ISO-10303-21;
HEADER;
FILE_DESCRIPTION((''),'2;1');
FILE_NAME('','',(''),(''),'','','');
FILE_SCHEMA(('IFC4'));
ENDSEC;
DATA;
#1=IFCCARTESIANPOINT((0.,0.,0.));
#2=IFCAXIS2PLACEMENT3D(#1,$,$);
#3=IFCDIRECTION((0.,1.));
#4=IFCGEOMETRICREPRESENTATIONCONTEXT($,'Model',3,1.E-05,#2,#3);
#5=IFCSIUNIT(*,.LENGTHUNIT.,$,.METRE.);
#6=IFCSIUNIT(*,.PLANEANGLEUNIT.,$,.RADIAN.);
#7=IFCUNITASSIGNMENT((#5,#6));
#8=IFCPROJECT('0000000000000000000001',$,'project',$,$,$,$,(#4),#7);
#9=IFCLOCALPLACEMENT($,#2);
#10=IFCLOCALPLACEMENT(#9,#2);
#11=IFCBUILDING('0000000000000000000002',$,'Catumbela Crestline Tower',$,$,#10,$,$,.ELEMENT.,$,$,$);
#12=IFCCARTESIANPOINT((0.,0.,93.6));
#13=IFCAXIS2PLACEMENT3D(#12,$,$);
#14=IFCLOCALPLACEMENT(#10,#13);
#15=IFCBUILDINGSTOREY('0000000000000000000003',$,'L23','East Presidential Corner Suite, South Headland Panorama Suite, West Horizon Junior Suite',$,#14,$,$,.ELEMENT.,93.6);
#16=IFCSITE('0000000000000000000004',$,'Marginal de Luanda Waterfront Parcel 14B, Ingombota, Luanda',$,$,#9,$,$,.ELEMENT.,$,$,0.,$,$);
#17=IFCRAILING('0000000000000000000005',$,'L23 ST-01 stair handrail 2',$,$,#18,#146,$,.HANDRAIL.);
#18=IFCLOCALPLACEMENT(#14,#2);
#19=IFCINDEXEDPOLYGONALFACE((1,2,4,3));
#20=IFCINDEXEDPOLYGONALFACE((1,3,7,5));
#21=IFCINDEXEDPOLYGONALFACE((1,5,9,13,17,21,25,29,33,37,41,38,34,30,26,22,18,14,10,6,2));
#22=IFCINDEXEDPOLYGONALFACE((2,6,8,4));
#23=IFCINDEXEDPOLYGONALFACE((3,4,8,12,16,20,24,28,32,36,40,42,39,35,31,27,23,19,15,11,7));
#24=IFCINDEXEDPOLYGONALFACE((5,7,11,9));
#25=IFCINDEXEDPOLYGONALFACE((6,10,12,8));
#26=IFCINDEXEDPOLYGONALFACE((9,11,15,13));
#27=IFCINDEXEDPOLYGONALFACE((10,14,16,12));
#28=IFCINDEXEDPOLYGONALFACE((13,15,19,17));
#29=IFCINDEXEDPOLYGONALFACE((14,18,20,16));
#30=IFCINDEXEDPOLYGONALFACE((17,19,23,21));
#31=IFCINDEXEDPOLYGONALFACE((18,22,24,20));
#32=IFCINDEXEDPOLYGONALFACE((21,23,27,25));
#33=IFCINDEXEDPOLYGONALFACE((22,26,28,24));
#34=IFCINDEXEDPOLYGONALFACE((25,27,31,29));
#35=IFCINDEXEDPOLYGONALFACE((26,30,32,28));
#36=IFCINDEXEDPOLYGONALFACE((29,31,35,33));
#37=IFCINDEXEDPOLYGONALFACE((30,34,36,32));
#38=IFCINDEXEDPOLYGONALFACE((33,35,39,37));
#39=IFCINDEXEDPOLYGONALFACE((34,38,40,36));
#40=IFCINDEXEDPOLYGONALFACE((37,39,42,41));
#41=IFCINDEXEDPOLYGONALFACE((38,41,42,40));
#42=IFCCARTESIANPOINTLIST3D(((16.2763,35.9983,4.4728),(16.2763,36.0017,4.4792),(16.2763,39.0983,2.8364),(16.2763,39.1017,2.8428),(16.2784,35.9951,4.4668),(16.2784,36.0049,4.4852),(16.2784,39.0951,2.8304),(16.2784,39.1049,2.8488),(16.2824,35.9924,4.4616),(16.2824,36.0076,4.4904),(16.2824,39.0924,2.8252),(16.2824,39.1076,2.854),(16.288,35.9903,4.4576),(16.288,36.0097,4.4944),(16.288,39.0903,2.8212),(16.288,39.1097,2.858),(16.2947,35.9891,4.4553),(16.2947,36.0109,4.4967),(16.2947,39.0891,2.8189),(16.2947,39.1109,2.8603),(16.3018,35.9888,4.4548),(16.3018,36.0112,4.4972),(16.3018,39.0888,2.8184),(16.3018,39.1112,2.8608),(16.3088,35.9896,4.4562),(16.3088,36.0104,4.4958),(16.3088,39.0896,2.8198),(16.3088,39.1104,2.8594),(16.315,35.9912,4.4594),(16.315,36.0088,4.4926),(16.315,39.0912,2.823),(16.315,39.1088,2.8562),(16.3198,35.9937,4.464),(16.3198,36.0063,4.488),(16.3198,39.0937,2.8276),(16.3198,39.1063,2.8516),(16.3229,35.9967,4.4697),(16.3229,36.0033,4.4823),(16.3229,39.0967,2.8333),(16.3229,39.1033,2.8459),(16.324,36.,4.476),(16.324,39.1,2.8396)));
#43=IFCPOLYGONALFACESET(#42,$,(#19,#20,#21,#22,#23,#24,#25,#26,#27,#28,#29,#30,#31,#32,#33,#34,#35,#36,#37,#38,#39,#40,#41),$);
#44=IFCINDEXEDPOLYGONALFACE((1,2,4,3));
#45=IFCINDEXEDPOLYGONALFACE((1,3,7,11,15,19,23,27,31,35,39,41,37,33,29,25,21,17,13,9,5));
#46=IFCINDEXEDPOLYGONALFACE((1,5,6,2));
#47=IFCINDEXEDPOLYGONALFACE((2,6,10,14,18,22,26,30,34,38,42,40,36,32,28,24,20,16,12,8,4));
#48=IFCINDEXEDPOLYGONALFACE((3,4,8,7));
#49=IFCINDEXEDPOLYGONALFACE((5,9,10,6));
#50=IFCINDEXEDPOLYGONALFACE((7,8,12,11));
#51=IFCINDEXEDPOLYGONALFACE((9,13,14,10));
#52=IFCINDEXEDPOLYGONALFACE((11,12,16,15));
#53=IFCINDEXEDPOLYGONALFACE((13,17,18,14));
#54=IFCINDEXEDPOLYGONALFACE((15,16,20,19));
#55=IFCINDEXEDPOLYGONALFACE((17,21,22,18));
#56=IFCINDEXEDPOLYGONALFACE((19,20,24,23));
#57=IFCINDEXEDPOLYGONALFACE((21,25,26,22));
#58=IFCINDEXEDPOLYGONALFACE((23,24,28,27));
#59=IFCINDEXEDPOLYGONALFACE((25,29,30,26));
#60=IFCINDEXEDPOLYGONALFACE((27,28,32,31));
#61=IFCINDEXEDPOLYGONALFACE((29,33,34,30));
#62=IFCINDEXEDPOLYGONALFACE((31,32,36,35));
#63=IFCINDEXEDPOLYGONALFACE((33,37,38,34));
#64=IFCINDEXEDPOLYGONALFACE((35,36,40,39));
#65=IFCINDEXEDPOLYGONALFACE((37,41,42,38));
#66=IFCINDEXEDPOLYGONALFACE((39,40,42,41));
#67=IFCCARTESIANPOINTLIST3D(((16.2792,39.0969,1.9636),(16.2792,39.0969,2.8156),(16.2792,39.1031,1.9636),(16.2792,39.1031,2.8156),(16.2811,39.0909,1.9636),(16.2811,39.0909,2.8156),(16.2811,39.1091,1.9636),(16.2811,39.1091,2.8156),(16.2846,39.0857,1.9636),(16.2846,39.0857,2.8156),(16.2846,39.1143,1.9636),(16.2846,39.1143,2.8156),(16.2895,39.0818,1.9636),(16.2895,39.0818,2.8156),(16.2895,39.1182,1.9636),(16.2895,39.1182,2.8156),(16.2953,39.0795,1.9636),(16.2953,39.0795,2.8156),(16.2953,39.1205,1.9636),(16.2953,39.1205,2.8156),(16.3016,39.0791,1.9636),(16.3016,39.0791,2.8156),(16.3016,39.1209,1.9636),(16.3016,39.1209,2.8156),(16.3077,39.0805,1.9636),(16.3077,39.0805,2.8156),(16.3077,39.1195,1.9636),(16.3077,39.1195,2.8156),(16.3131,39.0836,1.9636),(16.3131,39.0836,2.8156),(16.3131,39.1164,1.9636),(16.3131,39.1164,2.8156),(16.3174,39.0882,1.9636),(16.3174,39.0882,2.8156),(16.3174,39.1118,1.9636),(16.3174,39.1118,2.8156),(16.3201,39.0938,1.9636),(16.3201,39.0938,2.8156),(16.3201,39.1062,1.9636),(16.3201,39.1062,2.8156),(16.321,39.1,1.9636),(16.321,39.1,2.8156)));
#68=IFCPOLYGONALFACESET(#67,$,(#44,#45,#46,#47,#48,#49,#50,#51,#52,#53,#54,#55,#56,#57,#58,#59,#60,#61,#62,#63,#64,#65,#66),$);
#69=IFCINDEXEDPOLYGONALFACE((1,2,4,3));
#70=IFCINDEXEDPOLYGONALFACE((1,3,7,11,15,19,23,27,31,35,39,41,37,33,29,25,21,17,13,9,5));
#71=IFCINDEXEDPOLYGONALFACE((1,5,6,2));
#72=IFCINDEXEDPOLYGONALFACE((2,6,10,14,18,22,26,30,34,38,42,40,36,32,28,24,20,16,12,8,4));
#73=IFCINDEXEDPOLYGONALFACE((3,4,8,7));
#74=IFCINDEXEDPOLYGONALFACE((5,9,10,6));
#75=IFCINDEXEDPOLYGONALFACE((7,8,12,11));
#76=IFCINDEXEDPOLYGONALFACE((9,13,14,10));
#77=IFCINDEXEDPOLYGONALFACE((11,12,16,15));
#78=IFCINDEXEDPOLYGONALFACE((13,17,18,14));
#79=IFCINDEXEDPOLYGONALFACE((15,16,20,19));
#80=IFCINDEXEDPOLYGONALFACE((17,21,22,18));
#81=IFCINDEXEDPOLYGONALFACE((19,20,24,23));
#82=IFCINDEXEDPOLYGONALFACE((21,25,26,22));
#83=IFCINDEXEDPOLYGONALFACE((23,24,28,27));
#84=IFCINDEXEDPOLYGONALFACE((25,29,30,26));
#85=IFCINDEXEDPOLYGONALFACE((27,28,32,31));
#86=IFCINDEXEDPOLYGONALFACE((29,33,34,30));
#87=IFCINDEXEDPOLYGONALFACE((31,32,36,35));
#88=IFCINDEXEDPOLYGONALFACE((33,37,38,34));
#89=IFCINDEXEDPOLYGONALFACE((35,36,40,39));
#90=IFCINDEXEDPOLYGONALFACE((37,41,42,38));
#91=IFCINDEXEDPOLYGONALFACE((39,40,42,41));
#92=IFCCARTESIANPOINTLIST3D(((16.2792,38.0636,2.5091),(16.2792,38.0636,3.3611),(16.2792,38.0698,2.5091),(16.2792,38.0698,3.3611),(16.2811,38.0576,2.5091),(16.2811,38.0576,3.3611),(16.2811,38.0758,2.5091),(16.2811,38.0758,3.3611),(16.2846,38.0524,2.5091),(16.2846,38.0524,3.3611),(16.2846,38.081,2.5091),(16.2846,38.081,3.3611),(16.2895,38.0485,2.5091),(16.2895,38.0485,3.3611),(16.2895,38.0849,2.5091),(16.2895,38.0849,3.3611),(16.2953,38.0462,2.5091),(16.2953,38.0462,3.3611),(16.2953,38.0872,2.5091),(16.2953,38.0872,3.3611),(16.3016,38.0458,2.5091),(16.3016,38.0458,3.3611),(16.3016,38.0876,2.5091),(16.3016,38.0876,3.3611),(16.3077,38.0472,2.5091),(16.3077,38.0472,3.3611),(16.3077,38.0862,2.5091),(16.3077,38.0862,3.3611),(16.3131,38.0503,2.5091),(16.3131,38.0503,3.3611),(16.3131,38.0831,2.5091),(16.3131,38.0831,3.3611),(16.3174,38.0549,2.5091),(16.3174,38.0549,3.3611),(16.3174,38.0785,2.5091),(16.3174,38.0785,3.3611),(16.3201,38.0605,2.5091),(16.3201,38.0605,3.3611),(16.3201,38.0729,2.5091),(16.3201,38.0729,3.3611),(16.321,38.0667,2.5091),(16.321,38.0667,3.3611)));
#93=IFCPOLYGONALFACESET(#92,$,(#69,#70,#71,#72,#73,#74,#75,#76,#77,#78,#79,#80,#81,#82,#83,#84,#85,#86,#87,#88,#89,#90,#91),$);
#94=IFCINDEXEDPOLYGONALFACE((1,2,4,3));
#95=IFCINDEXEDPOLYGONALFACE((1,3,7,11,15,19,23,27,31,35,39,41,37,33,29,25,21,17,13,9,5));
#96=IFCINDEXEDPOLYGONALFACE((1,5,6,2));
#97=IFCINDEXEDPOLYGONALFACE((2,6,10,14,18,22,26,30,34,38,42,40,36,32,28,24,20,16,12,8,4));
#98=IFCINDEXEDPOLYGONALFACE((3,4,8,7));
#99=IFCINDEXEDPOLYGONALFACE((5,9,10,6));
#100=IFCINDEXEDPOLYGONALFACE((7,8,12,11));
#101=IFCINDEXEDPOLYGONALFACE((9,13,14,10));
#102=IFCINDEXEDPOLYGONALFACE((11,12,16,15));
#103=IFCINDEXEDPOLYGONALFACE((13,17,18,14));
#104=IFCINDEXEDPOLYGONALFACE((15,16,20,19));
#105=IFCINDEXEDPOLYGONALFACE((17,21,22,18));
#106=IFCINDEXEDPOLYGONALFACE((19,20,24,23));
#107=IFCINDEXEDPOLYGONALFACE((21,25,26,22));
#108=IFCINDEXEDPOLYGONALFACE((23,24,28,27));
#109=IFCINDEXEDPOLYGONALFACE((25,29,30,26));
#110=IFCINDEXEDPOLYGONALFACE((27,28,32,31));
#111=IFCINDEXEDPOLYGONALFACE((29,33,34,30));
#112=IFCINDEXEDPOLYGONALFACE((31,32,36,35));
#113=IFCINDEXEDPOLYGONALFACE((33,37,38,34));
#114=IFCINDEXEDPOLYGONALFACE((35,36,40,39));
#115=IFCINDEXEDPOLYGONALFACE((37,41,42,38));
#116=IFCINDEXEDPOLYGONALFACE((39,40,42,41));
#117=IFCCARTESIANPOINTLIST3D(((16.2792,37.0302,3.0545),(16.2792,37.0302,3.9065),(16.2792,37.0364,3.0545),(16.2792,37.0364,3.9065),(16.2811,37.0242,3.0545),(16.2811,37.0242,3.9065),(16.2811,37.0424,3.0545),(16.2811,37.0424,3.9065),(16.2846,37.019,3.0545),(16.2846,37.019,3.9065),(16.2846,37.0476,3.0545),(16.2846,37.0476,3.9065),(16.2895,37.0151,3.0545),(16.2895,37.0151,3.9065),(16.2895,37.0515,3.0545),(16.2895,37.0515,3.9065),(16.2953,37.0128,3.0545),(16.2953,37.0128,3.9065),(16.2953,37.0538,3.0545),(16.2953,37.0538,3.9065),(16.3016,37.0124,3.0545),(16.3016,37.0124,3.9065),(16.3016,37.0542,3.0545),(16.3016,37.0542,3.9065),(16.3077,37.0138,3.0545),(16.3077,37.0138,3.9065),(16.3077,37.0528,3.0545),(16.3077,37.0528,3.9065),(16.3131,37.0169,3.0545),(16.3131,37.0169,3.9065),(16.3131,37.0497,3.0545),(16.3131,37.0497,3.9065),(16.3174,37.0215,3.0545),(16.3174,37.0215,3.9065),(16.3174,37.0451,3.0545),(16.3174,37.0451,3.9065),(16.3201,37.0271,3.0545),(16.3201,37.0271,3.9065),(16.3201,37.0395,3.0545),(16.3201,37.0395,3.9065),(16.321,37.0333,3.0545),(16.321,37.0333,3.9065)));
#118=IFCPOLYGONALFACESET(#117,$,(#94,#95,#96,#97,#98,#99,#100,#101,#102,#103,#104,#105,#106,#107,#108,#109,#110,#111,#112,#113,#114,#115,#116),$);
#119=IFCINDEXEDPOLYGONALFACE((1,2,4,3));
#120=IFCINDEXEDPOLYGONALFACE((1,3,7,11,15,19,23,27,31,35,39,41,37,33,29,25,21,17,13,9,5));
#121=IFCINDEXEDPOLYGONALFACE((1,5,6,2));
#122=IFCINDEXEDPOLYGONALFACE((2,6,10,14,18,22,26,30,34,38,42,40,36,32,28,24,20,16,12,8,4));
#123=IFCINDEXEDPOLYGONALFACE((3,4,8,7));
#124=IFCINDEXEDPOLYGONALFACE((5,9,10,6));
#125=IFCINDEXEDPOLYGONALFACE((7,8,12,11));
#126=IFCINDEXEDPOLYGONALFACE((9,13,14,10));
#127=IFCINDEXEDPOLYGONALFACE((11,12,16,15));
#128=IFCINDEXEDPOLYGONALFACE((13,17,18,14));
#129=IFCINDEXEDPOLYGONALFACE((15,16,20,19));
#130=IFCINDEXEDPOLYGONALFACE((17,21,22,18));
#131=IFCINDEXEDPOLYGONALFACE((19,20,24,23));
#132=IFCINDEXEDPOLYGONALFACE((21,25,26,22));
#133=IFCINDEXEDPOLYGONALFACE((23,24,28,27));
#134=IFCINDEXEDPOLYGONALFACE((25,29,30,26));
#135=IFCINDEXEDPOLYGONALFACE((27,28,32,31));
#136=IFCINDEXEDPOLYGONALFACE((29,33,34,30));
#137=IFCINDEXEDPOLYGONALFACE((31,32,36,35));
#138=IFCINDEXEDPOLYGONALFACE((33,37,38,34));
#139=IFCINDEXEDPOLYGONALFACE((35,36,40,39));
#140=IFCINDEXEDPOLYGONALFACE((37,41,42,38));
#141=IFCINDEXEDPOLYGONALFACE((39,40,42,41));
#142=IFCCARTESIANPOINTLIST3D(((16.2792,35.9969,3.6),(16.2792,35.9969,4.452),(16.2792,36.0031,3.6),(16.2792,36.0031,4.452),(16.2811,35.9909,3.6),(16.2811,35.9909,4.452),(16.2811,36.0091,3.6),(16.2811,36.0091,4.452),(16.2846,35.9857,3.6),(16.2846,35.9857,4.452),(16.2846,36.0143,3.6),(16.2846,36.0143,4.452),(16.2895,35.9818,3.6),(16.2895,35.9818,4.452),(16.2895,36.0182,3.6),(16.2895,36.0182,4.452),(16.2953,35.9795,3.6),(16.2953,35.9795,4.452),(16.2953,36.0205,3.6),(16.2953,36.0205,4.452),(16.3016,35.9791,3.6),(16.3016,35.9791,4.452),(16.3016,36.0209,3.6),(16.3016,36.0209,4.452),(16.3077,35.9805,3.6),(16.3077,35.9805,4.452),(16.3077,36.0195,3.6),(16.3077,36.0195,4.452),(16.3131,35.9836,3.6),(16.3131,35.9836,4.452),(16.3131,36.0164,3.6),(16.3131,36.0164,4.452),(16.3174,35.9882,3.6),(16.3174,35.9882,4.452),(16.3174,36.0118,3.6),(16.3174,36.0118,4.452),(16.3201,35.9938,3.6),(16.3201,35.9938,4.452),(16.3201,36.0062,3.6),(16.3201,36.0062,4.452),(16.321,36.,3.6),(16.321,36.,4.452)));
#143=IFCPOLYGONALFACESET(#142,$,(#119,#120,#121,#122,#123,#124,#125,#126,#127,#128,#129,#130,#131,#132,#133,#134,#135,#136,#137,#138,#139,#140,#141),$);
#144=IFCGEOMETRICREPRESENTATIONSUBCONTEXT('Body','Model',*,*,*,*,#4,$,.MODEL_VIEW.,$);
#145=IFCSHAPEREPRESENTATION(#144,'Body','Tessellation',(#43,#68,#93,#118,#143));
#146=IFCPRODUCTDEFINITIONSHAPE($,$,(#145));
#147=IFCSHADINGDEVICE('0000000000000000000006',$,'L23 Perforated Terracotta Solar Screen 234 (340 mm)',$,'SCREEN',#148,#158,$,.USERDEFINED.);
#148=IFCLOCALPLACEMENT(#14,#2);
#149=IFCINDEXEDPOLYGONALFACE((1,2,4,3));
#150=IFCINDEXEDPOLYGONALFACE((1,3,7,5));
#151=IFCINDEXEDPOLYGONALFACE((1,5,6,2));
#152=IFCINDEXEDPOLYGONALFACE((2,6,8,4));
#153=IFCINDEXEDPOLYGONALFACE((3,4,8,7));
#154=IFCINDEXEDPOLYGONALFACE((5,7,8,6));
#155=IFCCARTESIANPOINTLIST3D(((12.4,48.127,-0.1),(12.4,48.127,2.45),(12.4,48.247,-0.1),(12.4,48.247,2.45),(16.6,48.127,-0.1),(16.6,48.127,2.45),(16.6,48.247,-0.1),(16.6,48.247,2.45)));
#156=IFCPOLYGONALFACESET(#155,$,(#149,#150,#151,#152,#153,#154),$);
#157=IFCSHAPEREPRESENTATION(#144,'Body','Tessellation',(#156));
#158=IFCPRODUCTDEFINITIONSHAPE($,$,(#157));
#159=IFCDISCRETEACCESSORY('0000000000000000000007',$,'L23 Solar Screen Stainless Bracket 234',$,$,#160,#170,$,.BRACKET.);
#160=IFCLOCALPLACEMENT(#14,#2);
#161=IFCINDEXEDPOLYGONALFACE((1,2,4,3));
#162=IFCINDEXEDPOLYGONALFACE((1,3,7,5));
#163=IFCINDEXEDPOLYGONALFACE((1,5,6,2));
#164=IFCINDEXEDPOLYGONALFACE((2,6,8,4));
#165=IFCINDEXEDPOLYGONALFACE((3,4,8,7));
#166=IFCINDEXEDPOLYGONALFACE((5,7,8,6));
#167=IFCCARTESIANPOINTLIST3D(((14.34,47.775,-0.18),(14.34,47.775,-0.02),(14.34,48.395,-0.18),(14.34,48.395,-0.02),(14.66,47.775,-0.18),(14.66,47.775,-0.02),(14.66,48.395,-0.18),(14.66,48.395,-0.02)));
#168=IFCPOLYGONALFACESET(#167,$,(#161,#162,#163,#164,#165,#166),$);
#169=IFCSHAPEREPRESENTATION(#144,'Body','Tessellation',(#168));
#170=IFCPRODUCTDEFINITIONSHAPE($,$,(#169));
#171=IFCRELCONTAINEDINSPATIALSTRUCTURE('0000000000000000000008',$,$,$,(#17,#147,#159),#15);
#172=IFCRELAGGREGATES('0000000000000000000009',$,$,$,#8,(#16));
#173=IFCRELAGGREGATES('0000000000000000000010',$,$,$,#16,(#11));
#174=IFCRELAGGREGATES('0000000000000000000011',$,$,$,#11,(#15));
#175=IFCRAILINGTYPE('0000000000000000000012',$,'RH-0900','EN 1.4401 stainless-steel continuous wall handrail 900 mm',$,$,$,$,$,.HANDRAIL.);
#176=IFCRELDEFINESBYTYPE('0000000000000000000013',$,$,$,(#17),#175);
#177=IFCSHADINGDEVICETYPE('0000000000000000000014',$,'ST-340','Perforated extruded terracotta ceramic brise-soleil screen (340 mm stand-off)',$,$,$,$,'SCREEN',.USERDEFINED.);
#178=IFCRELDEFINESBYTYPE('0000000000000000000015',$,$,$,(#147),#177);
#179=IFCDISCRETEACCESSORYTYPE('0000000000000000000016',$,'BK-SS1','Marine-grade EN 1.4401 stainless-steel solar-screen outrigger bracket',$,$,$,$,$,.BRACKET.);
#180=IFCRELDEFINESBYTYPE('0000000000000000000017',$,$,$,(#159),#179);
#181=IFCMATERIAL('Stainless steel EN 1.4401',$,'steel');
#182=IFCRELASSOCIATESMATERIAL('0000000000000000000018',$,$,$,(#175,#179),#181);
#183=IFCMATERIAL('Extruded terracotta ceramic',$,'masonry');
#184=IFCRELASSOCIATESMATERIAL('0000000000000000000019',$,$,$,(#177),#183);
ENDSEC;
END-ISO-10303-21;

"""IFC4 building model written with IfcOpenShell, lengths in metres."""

from ifc_helpers import new_model, si_unit, direction, frame, origin, origin_2d, place, context, subcontext, project, spatial, rectangle, circle, extrude, material, type_object, element, save


model = new_model("IFC4")

# Units and contexts
model_context = context("Model", 3, precision=1e-05, world=origin(), true_north=direction((0.0, 1.0)))
body_context = subcontext(model_context, "Body", "Model", "MODEL_VIEW")
ifc_project = project(units=[si_unit("LENGTHUNIT", "METRE"), si_unit("PLANEANGLEUNIT", "RADIAN")], contexts=[model_context])

# Site, building, storey
site_placement = place(None, origin())
site = spatial("IfcSite", under=ifc_project, at=site_placement, Name="Marginal de Luanda Waterfront Parcel 14B, Ingombota, Luanda", CompositionType="ELEMENT", RefElevation=0.0)
building_placement = place(site_placement, origin())
building = spatial("IfcBuilding", under=site, at=building_placement, Name="Catumbela Crestline Tower", CompositionType="ELEMENT")
storey_placement = place(building_placement, frame((0.0, 0.0, 93.6)))
storey = spatial("IfcBuildingStorey", under=building, at=storey_placement, Name="L23", Description="East Presidential Corner Suite, South Headland Panorama Suite, West Horizon Junior Suite", CompositionType="ELEMENT", Elevation=93.6)

# Railing
ifc_material_1 = material(Name="Stainless steel EN 1.4401", Category="steel")
railing_type_1 = type_object("IfcRailingType", Name="RH-0900", Description="EN 1.4401 stainless-steel continuous wall handrail 900 mm", PredefinedType="HANDRAIL", material=ifc_material_1)
railing_1_placement = place(storey_placement, frame((16.3, 39.1, 1.9636)))
element("IfcRailing", 1, at=railing_1_placement, inside=storey, type_object=railing_type_1, Name="L23 ST-01 stair handrail 2", PredefinedType="HANDRAIL", context=body_context, shape_type="SweptSolid", body=[
    extrude(circle(Radius=0.024, at=origin_2d()), frame((0.0, 0.0, 0.876), z_axis=(0.0, -0.884351, 0.466823), x_axis=(1.0, 0.0, 0.0)), (0.0, 0.0, 1.0), 3.5054),
    extrude(circle(Radius=0.021, at=origin_2d()), origin(), (0.0, 0.0, 1.0), 0.852),
    extrude(circle(Radius=0.021, at=origin_2d()), frame((0.0, -1.0333, 0.5455)), (0.0, 0.0, 1.0), 0.852),
    extrude(circle(Radius=0.021, at=origin_2d()), frame((0.0, -2.0667, 1.0909)), (0.0, 0.0, 1.0), 0.852),
    extrude(circle(Radius=0.021, at=origin_2d()), frame((0.0, -3.1, 1.6364)), (0.0, 0.0, 1.0), 0.852),
])

# Shading device
ifc_material_2 = material(Name="Extruded terracotta ceramic", Category="masonry")
shading_device_type = type_object("IfcShadingDeviceType", Name="ST-340", Description="Perforated extruded terracotta ceramic brise-soleil screen (340 mm stand-off)", ElementType="SCREEN", PredefinedType="USERDEFINED", material=ifc_material_2)
shading_device_placement = place(storey_placement, frame((14.5, 48.187, -0.1), z_axis=(0.0, 0.0, 1.0), x_axis=(-1.0, 0.0, 0.0)))
element("IfcShadingDevice", 2, at=shading_device_placement, inside=storey, type_object=shading_device_type, Name="L23 Perforated Terracotta Solar Screen 234 (340 mm)", ObjectType="SCREEN", PredefinedType="USERDEFINED", context=body_context, shape_type="SweptSolid", body=[
    extrude(rectangle(XDim=4.2, YDim=0.12, at=origin_2d()), origin(), (0.0, 0.0, 1.0), 2.55),
])

# Discrete accessory
discrete_accessory_type = type_object("IfcDiscreteAccessoryType", Name="BK-SS1", Description="Marine-grade EN 1.4401 stainless-steel solar-screen outrigger bracket", PredefinedType="BRACKET", material=ifc_material_1)
discrete_accessory_placement = place(storey_placement, frame((14.5, 48.085, -0.18), z_axis=(0.0, 0.0, 1.0), x_axis=(-1.0, 0.0, 0.0)))
element("IfcDiscreteAccessory", 3, at=discrete_accessory_placement, inside=storey, type_object=discrete_accessory_type, Name="L23 Solar Screen Stainless Bracket 234", PredefinedType="BRACKET", context=body_context, shape_type="SweptSolid", body=[
    extrude(rectangle(XDim=0.32, YDim=0.62, at=origin_2d()), origin(), (0.0, 0.0, 1.0), 0.16),
])

save(model, "model.ifc")
